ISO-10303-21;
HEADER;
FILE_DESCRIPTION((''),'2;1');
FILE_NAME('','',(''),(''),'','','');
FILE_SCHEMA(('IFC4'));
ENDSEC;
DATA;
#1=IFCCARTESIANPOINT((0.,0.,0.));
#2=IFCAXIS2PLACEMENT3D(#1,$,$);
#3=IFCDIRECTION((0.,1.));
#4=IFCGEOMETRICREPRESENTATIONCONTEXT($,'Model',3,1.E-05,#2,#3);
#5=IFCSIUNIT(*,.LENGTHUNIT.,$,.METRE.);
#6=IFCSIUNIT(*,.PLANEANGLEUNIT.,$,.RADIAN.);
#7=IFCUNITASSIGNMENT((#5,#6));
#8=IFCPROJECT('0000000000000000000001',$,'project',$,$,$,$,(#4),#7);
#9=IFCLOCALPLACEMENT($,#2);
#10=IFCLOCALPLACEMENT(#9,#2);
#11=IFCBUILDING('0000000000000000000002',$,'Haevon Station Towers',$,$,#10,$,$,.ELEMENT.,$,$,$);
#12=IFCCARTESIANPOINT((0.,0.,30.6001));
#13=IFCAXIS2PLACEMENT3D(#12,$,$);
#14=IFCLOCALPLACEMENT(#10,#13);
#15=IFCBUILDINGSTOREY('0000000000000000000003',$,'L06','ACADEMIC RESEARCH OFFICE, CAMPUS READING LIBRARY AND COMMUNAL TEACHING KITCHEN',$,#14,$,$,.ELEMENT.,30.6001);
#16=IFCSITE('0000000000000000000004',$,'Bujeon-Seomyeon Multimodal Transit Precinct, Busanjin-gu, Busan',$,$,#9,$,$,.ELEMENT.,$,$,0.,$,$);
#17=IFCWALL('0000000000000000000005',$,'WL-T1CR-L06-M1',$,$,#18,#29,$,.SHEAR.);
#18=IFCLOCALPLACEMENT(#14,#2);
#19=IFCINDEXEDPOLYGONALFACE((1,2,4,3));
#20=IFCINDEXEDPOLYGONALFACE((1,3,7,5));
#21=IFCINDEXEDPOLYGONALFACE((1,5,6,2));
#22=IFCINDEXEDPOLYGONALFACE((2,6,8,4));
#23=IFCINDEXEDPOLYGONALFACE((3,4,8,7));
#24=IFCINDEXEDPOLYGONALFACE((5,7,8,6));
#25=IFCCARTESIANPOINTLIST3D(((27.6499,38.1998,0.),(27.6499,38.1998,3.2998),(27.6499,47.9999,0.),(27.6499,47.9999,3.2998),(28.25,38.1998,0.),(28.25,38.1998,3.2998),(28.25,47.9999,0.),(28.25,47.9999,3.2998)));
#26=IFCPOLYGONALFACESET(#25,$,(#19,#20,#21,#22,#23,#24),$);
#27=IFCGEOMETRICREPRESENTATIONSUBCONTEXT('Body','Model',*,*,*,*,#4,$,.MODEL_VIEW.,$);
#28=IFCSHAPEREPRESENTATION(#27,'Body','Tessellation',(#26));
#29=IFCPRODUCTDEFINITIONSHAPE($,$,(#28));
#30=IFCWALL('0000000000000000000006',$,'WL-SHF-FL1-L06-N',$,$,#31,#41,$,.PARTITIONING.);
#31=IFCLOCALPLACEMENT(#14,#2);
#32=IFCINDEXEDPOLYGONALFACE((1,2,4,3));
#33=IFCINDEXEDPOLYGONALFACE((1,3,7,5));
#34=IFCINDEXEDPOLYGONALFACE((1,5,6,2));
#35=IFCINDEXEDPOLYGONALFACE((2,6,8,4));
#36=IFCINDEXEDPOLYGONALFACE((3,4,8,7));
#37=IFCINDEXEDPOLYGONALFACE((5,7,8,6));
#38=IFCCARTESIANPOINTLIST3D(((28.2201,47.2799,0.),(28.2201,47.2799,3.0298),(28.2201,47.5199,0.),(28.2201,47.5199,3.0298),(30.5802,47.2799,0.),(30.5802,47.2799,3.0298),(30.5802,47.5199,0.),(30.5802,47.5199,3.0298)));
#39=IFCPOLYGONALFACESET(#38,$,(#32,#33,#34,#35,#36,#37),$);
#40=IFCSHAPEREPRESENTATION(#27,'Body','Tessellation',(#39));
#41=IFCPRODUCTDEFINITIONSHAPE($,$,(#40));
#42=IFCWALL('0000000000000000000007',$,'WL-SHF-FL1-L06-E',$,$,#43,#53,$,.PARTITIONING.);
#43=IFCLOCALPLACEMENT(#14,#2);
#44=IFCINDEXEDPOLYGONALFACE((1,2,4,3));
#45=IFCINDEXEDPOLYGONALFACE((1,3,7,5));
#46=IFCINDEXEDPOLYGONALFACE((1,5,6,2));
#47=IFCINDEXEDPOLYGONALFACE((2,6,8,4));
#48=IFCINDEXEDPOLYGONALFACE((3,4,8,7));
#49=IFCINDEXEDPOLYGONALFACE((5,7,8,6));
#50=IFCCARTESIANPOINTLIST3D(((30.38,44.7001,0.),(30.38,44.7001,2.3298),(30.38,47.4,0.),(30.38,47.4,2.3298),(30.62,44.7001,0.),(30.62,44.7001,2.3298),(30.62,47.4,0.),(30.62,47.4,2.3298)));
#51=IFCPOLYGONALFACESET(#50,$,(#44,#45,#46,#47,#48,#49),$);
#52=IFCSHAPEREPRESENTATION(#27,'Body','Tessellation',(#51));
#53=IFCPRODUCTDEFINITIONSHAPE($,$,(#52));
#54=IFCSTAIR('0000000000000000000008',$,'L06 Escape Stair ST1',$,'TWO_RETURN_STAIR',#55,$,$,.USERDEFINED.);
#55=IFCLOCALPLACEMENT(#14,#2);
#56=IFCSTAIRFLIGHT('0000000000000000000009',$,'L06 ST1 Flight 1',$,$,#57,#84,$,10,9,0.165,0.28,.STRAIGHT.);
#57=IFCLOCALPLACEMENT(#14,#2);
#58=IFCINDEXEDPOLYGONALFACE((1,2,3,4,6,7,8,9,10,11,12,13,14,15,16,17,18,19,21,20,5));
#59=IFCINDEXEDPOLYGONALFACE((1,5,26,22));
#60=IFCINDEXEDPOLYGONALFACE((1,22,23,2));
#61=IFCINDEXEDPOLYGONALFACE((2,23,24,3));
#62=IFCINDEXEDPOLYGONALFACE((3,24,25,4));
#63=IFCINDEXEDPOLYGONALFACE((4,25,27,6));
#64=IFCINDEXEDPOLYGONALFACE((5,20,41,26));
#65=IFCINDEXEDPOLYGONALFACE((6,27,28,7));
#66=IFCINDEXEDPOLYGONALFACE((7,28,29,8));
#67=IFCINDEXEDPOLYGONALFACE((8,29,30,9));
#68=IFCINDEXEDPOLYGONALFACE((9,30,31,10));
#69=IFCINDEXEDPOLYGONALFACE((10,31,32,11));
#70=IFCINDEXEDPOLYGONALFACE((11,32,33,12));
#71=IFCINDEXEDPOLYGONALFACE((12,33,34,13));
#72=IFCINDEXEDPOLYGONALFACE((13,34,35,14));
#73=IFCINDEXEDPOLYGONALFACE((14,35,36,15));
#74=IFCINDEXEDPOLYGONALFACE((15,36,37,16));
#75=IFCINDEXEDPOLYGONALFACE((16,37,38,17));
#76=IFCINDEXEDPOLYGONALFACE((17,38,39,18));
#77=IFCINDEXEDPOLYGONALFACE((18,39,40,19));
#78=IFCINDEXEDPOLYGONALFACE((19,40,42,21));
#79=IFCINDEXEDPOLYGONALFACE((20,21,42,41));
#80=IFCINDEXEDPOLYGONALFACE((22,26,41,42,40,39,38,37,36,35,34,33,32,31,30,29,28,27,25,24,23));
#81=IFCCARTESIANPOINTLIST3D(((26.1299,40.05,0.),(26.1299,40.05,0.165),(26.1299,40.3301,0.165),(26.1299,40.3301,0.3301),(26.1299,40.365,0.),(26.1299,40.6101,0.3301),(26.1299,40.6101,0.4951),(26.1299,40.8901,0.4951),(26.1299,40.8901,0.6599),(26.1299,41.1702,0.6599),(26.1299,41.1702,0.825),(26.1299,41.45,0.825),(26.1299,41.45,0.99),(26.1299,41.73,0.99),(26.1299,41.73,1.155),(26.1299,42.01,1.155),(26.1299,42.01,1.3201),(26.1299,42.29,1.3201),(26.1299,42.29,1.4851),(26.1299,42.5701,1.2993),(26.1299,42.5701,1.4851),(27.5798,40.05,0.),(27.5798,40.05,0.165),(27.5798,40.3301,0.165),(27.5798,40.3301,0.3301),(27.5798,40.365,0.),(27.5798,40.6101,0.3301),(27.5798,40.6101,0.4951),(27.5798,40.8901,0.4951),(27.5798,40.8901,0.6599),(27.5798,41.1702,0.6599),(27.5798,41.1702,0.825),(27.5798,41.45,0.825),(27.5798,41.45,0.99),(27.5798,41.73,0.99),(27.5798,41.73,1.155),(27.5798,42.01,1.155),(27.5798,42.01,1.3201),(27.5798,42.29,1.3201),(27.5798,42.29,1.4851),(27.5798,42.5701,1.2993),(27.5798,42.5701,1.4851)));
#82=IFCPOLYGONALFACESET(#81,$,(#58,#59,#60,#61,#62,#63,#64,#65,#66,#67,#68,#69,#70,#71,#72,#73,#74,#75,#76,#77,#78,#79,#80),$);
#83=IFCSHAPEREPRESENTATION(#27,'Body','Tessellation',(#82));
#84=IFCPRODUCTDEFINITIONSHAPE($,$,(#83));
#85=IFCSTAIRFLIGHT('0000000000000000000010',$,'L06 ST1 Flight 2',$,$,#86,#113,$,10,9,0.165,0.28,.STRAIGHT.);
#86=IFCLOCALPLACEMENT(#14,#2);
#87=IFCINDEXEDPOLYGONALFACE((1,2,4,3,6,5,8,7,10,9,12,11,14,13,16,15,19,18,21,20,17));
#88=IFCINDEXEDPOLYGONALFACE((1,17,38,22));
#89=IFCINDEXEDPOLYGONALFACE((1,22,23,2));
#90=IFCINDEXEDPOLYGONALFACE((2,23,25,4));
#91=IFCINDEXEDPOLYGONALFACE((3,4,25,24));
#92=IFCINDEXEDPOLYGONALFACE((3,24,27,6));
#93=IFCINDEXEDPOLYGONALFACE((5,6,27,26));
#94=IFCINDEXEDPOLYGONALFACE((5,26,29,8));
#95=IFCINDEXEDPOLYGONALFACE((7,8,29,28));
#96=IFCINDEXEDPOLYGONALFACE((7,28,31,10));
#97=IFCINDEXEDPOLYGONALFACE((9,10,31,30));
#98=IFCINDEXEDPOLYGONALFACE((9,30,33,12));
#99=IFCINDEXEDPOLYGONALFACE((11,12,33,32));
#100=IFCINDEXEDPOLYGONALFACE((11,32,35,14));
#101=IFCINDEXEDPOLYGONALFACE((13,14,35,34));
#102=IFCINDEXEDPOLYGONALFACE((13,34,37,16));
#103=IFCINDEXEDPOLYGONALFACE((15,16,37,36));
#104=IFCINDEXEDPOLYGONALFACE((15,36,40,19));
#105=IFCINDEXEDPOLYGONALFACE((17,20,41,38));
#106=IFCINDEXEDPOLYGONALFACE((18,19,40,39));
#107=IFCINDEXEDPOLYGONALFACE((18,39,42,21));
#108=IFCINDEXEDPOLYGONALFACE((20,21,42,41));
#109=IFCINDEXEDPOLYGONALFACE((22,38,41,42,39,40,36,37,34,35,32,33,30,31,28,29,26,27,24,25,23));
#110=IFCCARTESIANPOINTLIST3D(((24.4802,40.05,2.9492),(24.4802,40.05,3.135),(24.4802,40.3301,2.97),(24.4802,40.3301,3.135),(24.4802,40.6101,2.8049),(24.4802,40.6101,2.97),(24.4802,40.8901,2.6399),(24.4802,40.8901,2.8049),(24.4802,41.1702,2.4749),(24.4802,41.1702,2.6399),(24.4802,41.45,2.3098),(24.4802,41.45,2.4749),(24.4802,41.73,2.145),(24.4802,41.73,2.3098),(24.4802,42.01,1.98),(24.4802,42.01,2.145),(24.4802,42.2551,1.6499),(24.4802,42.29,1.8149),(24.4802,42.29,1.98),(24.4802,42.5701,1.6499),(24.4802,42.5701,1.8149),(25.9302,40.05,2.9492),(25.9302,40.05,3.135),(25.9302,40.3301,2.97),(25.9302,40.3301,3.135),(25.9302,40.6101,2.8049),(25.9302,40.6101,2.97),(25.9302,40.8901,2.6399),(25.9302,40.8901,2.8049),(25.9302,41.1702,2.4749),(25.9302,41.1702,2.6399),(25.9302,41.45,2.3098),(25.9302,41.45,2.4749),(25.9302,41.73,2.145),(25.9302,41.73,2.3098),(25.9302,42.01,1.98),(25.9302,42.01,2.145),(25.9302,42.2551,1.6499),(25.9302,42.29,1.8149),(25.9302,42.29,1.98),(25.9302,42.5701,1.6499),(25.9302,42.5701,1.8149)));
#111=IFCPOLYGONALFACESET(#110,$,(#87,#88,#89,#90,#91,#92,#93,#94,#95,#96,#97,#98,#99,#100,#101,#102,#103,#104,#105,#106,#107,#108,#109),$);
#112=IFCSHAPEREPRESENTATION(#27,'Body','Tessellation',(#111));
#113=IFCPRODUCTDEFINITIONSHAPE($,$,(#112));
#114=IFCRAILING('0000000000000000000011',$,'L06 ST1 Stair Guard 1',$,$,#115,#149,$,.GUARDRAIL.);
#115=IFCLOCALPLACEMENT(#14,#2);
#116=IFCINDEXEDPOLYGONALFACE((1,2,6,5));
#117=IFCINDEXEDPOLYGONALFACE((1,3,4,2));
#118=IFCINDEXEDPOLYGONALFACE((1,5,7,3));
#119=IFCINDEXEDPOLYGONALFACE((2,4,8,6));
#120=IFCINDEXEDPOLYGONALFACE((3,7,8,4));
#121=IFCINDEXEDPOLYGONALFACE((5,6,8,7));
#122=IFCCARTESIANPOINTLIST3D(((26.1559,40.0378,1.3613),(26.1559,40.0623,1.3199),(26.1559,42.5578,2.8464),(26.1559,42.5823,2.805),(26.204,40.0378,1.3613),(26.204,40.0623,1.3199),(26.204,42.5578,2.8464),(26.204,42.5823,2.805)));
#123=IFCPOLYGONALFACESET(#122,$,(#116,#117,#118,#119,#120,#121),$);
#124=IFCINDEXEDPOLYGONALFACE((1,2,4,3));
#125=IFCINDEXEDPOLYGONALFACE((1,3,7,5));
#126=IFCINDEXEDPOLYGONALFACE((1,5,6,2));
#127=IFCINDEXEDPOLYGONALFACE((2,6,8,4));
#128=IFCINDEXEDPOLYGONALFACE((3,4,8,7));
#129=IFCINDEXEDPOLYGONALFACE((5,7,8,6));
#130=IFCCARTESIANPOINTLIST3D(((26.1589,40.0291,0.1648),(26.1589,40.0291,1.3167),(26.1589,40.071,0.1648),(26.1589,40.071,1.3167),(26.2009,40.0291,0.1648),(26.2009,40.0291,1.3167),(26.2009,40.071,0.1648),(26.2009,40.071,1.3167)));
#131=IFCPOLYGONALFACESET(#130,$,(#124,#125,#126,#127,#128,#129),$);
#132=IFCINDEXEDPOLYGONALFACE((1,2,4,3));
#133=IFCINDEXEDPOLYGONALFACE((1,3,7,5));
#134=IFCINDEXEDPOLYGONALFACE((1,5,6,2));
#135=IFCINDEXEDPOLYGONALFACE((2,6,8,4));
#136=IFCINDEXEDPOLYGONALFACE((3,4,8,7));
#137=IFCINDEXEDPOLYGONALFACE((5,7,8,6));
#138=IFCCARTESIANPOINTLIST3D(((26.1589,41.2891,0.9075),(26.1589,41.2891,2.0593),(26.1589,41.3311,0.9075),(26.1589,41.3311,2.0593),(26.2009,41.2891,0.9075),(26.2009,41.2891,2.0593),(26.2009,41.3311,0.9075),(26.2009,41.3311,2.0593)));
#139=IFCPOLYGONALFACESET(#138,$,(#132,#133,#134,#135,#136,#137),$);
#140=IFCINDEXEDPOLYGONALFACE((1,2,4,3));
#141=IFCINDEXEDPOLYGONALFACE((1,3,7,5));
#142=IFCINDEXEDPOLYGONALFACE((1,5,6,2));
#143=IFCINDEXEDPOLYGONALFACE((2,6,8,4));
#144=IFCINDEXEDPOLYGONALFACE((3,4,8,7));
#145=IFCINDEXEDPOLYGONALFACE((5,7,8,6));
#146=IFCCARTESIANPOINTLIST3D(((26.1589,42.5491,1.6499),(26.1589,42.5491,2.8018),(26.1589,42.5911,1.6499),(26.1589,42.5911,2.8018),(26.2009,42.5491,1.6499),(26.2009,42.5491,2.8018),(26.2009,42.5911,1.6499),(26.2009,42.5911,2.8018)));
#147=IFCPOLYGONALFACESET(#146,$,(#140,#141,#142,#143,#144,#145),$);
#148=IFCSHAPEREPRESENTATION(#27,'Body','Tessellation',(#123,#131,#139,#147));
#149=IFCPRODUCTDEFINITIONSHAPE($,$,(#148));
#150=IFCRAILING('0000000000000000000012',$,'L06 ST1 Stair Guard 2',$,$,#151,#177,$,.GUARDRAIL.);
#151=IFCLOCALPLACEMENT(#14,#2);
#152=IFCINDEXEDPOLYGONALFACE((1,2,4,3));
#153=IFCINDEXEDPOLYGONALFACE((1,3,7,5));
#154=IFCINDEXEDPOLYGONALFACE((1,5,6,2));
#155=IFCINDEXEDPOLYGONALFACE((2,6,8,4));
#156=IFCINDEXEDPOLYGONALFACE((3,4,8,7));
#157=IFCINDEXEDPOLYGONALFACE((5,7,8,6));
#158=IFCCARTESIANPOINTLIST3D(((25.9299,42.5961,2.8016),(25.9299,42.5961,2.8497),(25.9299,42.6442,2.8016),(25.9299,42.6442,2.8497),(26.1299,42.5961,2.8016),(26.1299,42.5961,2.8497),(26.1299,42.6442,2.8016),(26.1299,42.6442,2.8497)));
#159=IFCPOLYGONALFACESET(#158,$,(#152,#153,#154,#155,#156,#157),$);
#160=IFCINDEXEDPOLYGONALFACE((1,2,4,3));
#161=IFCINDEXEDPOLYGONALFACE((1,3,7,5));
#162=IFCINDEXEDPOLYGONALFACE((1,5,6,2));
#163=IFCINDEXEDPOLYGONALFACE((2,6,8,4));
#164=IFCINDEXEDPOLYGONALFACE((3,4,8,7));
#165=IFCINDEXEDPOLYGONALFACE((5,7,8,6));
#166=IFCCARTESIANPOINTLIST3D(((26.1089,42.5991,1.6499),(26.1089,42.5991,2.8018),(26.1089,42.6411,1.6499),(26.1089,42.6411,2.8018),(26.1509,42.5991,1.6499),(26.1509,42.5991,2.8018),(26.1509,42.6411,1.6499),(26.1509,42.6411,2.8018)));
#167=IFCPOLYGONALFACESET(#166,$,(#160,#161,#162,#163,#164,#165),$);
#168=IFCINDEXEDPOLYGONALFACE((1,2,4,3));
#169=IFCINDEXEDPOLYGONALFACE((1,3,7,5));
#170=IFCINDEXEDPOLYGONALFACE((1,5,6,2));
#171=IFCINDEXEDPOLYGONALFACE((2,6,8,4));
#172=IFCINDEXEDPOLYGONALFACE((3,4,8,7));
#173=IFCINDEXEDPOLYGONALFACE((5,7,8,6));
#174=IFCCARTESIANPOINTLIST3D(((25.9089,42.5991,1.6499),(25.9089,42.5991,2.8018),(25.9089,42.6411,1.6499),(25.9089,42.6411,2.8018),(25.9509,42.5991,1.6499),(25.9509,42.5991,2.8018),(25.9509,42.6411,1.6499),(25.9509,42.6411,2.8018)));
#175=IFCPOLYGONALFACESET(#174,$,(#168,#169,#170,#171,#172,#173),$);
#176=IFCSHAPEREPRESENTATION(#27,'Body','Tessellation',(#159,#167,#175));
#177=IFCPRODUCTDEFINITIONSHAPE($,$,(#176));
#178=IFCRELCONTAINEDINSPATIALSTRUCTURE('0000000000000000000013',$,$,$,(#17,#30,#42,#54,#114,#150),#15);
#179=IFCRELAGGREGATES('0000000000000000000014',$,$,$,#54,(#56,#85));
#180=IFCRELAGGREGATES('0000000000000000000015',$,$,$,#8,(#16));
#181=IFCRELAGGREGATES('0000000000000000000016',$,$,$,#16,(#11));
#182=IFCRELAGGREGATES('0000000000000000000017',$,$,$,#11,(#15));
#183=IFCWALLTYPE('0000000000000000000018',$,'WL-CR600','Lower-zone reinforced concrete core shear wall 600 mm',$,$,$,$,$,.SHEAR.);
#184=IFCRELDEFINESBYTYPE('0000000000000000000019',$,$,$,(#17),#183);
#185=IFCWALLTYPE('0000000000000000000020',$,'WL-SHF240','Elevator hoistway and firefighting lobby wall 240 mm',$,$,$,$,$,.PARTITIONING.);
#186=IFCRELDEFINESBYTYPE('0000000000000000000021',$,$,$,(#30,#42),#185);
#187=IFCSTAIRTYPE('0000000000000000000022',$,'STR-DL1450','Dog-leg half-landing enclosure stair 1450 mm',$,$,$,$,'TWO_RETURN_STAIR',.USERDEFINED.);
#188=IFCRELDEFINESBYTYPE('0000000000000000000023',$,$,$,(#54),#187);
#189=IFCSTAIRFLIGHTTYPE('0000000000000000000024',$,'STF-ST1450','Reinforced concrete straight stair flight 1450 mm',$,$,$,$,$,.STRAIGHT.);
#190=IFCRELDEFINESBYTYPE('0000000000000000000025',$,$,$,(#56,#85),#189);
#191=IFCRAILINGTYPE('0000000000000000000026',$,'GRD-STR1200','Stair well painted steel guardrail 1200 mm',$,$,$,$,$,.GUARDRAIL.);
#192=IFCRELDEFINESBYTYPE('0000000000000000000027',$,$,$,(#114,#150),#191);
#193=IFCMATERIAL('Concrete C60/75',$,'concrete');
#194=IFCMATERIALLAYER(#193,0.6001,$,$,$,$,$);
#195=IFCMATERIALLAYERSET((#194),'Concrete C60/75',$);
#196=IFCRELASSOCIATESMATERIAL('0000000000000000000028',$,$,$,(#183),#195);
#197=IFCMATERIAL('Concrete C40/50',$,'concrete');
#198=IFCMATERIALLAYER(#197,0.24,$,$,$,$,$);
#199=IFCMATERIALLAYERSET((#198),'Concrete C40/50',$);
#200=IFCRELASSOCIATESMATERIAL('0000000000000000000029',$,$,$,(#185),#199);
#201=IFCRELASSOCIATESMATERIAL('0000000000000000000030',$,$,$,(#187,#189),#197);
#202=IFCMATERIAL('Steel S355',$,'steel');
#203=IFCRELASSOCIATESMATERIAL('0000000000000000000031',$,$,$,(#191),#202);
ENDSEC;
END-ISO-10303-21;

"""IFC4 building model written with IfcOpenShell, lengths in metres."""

from ifc_helpers import new_model, si_unit, direction, frame, frame_2d, origin, origin_2d, place, context, subcontext, project, spatial, polyline, rectangle, outline, extrude, material, layer, layer_set, type_object, element, aggregate, save


model = new_model("IFC4")

# Units and contexts
model_context = context("Model", 3, precision=1e-05, world=origin(), true_north=direction((0.0, 1.0)))
body_context = subcontext(model_context, "Body", "Model", "MODEL_VIEW")
ifc_project = project(units=[si_unit("LENGTHUNIT", "METRE"), si_unit("PLANEANGLEUNIT", "RADIAN")], contexts=[model_context])

# Site, building, storey
site_placement = place(None, origin())
site = spatial("IfcSite", under=ifc_project, at=site_placement, Name="Bujeon-Seomyeon Multimodal Transit Precinct, Busanjin-gu, Busan", CompositionType="ELEMENT", RefElevation=0.0)
building_placement = place(site_placement, origin())
building = spatial("IfcBuilding", under=site, at=building_placement, Name="Haevon Station Towers", CompositionType="ELEMENT")
storey_placement = place(building_placement, frame((0.0, 0.0, 30.6001)))
storey = spatial("IfcBuildingStorey", under=building, at=storey_placement, Name="L06", Description="ACADEMIC RESEARCH OFFICE, CAMPUS READING LIBRARY AND COMMUNAL TEACHING KITCHEN", CompositionType="ELEMENT", Elevation=30.6001)

# Shared definitions
ifc_material_1 = material(Name="Steel S355", Category="steel")

# Wall
ifc_material_2 = material(Name="Concrete C60/75", Category="concrete")
ifc_layer_1 = layer(ifc_material_2, 0.6001)
ifc_layer_set_1 = layer_set([ifc_layer_1], Name="Concrete C60/75")
wall_type_1 = type_object("IfcWallType", Name="WL-CR600", Description="Lower-zone reinforced concrete core shear wall 600 mm", PredefinedType="SHEAR", material=ifc_layer_set_1)
wall_1_placement = place(storey_placement, frame((27.95, 38.2, 0.0), z_axis=(0.0, 0.0, 1.0), x_axis=(0.0, 1.0, 0.0)))
element("IfcWall", 1, at=wall_1_placement, inside=storey, type_object=wall_type_1, Name="WL-T1CR-L06-M1", PredefinedType="SHEAR", context=body_context, shape_type="SweptSolid", body=[
    extrude(rectangle(XDim=9.8, YDim=0.6001, at=frame_2d((4.8999, 0.0))), origin(), (0.0, 0.0, 1.0), 3.2998),
])

# Shared definitions
ifc_material_3 = material(Name="Concrete C40/50", Category="concrete")
ifc_layer_2 = layer(ifc_material_3, 0.24)
ifc_layer_set_2 = layer_set([ifc_layer_2], Name="Concrete C40/50")
wall_type_2 = type_object("IfcWallType", Name="WL-SHF240", Description="Elevator hoistway and firefighting lobby wall 240 mm", PredefinedType="PARTITIONING", material=ifc_layer_set_2)

# Walls
wall_2_placement = place(storey_placement, frame((28.22, 47.3999, 0.0), z_axis=(0.0, 0.0, 1.0), x_axis=(1.0, 0.0, 0.0)))
element("IfcWall", 2, at=wall_2_placement, inside=storey, type_object=wall_type_2, Name="WL-SHF-FL1-L06-N", PredefinedType="PARTITIONING", context=body_context, shape_type="SweptSolid", body=[
    extrude(rectangle(XDim=2.3601, YDim=0.24, at=frame_2d((1.1802, 0.0))), origin(), (0.0, 0.0, 1.0), 3.0298),
])
wall_3_placement = place(storey_placement, frame((30.5, 44.7, 0.0), z_axis=(0.0, 0.0, 1.0), x_axis=(0.0, 1.0, 0.0)))
element("IfcWall", 3, at=wall_3_placement, inside=storey, type_object=wall_type_2, Name="WL-SHF-FL1-L06-E", PredefinedType="PARTITIONING", context=body_context, shape_type="SweptSolid", body=[
    extrude(rectangle(XDim=2.7, YDim=0.24, at=frame_2d((1.3501, 0.0))), origin(), (0.0, 0.0, 1.0), 2.3298),
])

# Stair, stair flights
stair_type = type_object("IfcStairType", Name="STR-DL1450", Description="Dog-leg half-landing enclosure stair 1450 mm", ElementType="TWO_RETURN_STAIR", PredefinedType="USERDEFINED", material=ifc_material_3)
stair_placement = place(storey_placement, origin())
stair = element("IfcStair", 4, at=stair_placement, inside=storey, type_object=stair_type, Name="L06 Escape Stair ST1", ObjectType="TWO_RETURN_STAIR", PredefinedType="USERDEFINED")
stair_flight_type = type_object("IfcStairFlightType", Name="STF-ST1450", Description="Reinforced concrete straight stair flight 1450 mm", PredefinedType="STRAIGHT", material=ifc_material_3)
stair_flight_1_placement = place(storey_placement, frame((26.855, 40.05, 0.0), z_axis=(0.0, 0.0, 1.0), x_axis=(0.0, 1.0, 0.0)))
stair_flight_1 = element("IfcStairFlight", 5, at=stair_flight_1_placement, type_object=stair_flight_type, Name="L06 ST1 Flight 1", NumberOfRisers=10, NumberOfTreads=9, PredefinedType="STRAIGHT", RiserHeight=0.165, TreadLength=0.28, context=body_context, shape_type="SweptSolid", body=[
    extrude(outline(polyline([(0.0, 0.0), (0.0, 0.165), (0.28, 0.165), (0.28, 0.3301), (0.5601, 0.3301), (0.5601, 0.4951), (0.8401, 0.4951), (0.8401, 0.6599), (1.1201, 0.6599), (1.1201, 0.825), (1.3999, 0.825), (1.3999, 0.99), (1.6799, 0.99), (1.6799, 1.155), (1.96, 1.155), (1.96, 1.3201), (2.24, 1.3201), (2.24, 1.4851), (2.52, 1.4851), (2.52, 1.6499), (2.52, 1.2993), (0.3149, 0.0), (0.0, 0.0)])), frame((0.0, 0.7251, 0.0), z_axis=(0.0, -1.0, 0.0), x_axis=(1.0, 0.0, 0.0)), (0.0, 0.0, 1.0), 1.45),
])
stair_flight_2_placement = place(storey_placement, frame((25.2051, 42.5701, 1.6499), z_axis=(0.0, 0.0, 1.0), x_axis=(0.0, -1.0, 0.0)))
stair_flight_2 = element("IfcStairFlight", 6, at=stair_flight_2_placement, type_object=stair_flight_type, Name="L06 ST1 Flight 2", NumberOfRisers=10, NumberOfTreads=9, PredefinedType="STRAIGHT", RiserHeight=0.165, TreadLength=0.28, context=body_context, shape_type="SweptSolid", body=[
    extrude(outline(polyline([(0.0, 0.0), (0.0, 0.165), (0.28, 0.165), (0.28, 0.3301), (0.5601, 0.3301), (0.5601, 0.4951), (0.8401, 0.4951), (0.8401, 0.6599), (1.1201, 0.6599), (1.1201, 0.825), (1.3999, 0.825), (1.3999, 0.99), (1.6799, 0.99), (1.6799, 1.155), (1.96, 1.155), (1.96, 1.3201), (2.24, 1.3201), (2.24, 1.4851), (2.52, 1.4851), (2.52, 1.6499), (2.52, 1.2993), (0.3149, 0.0), (0.0, 0.0)])), frame((0.0, 0.7251, 0.0), z_axis=(0.0, -1.0, 0.0), x_axis=(1.0, 0.0, 0.0)), (0.0, 0.0, 1.0), 1.45),
])
aggregate(stair, [stair_flight_1, stair_flight_2])

# Railings
railing_type_1 = type_object("IfcRailingType", Name="GRD-STR1200", Description="Stair well painted steel guardrail 1200 mm", PredefinedType="GUARDRAIL", material=ifc_material_1)
railing_1_placement = place(storey_placement, frame((26.1799, 40.05, 0.1648)))
element("IfcRailing", 7, at=railing_1_placement, inside=storey, type_object=railing_type_1, Name="L06 ST1 Stair Guard 1", PredefinedType="GUARDRAIL", context=body_context, shape_type="SweptSolid", body=[
    extrude(rectangle(XDim=0.0481, YDim=0.0481, at=origin_2d()), frame((0.0, 0.0, 1.1758), z_axis=(0.0, 0.861524, 0.507717), x_axis=(-1.0, 0.0, 0.0)), (0.0, 0.0, 1.0), 2.925),
    extrude(rectangle(XDim=0.042, YDim=0.042, at=origin_2d()), origin(), (0.0, 0.0, 1.0), 1.1519),
    extrude(rectangle(XDim=0.042, YDim=0.042, at=origin_2d()), frame((0.0, 1.26, 0.7427)), (0.0, 0.0, 1.0), 1.1519),
    extrude(rectangle(XDim=0.042, YDim=0.042, at=origin_2d()), frame((0.0, 2.52, 1.4851)), (0.0, 0.0, 1.0), 1.1519),
])
railing_2_placement = place(storey_placement, frame((26.1299, 42.6201, 1.6499)))
element("IfcRailing", 8, at=railing_2_placement, inside=storey, type_object=railing_type_1, Name="L06 ST1 Stair Guard 2", PredefinedType="GUARDRAIL", context=body_context, shape_type="SweptSolid", body=[
    extrude(rectangle(XDim=0.0481, YDim=0.0481, at=origin_2d()), frame((0.0, 0.0, 1.1758), z_axis=(-1.0, 0.0, 0.0), x_axis=(0.0, -1.0, 0.0)), (0.0, 0.0, 1.0), 0.2),
    extrude(rectangle(XDim=0.042, YDim=0.042, at=origin_2d()), origin(), (0.0, 0.0, 1.0), 1.1519),
    extrude(rectangle(XDim=0.042, YDim=0.042, at=origin_2d()), frame((-0.2, 0.0, 0.0)), (0.0, 0.0, 1.0), 1.1519),
])

save(model, "model.ifc")
